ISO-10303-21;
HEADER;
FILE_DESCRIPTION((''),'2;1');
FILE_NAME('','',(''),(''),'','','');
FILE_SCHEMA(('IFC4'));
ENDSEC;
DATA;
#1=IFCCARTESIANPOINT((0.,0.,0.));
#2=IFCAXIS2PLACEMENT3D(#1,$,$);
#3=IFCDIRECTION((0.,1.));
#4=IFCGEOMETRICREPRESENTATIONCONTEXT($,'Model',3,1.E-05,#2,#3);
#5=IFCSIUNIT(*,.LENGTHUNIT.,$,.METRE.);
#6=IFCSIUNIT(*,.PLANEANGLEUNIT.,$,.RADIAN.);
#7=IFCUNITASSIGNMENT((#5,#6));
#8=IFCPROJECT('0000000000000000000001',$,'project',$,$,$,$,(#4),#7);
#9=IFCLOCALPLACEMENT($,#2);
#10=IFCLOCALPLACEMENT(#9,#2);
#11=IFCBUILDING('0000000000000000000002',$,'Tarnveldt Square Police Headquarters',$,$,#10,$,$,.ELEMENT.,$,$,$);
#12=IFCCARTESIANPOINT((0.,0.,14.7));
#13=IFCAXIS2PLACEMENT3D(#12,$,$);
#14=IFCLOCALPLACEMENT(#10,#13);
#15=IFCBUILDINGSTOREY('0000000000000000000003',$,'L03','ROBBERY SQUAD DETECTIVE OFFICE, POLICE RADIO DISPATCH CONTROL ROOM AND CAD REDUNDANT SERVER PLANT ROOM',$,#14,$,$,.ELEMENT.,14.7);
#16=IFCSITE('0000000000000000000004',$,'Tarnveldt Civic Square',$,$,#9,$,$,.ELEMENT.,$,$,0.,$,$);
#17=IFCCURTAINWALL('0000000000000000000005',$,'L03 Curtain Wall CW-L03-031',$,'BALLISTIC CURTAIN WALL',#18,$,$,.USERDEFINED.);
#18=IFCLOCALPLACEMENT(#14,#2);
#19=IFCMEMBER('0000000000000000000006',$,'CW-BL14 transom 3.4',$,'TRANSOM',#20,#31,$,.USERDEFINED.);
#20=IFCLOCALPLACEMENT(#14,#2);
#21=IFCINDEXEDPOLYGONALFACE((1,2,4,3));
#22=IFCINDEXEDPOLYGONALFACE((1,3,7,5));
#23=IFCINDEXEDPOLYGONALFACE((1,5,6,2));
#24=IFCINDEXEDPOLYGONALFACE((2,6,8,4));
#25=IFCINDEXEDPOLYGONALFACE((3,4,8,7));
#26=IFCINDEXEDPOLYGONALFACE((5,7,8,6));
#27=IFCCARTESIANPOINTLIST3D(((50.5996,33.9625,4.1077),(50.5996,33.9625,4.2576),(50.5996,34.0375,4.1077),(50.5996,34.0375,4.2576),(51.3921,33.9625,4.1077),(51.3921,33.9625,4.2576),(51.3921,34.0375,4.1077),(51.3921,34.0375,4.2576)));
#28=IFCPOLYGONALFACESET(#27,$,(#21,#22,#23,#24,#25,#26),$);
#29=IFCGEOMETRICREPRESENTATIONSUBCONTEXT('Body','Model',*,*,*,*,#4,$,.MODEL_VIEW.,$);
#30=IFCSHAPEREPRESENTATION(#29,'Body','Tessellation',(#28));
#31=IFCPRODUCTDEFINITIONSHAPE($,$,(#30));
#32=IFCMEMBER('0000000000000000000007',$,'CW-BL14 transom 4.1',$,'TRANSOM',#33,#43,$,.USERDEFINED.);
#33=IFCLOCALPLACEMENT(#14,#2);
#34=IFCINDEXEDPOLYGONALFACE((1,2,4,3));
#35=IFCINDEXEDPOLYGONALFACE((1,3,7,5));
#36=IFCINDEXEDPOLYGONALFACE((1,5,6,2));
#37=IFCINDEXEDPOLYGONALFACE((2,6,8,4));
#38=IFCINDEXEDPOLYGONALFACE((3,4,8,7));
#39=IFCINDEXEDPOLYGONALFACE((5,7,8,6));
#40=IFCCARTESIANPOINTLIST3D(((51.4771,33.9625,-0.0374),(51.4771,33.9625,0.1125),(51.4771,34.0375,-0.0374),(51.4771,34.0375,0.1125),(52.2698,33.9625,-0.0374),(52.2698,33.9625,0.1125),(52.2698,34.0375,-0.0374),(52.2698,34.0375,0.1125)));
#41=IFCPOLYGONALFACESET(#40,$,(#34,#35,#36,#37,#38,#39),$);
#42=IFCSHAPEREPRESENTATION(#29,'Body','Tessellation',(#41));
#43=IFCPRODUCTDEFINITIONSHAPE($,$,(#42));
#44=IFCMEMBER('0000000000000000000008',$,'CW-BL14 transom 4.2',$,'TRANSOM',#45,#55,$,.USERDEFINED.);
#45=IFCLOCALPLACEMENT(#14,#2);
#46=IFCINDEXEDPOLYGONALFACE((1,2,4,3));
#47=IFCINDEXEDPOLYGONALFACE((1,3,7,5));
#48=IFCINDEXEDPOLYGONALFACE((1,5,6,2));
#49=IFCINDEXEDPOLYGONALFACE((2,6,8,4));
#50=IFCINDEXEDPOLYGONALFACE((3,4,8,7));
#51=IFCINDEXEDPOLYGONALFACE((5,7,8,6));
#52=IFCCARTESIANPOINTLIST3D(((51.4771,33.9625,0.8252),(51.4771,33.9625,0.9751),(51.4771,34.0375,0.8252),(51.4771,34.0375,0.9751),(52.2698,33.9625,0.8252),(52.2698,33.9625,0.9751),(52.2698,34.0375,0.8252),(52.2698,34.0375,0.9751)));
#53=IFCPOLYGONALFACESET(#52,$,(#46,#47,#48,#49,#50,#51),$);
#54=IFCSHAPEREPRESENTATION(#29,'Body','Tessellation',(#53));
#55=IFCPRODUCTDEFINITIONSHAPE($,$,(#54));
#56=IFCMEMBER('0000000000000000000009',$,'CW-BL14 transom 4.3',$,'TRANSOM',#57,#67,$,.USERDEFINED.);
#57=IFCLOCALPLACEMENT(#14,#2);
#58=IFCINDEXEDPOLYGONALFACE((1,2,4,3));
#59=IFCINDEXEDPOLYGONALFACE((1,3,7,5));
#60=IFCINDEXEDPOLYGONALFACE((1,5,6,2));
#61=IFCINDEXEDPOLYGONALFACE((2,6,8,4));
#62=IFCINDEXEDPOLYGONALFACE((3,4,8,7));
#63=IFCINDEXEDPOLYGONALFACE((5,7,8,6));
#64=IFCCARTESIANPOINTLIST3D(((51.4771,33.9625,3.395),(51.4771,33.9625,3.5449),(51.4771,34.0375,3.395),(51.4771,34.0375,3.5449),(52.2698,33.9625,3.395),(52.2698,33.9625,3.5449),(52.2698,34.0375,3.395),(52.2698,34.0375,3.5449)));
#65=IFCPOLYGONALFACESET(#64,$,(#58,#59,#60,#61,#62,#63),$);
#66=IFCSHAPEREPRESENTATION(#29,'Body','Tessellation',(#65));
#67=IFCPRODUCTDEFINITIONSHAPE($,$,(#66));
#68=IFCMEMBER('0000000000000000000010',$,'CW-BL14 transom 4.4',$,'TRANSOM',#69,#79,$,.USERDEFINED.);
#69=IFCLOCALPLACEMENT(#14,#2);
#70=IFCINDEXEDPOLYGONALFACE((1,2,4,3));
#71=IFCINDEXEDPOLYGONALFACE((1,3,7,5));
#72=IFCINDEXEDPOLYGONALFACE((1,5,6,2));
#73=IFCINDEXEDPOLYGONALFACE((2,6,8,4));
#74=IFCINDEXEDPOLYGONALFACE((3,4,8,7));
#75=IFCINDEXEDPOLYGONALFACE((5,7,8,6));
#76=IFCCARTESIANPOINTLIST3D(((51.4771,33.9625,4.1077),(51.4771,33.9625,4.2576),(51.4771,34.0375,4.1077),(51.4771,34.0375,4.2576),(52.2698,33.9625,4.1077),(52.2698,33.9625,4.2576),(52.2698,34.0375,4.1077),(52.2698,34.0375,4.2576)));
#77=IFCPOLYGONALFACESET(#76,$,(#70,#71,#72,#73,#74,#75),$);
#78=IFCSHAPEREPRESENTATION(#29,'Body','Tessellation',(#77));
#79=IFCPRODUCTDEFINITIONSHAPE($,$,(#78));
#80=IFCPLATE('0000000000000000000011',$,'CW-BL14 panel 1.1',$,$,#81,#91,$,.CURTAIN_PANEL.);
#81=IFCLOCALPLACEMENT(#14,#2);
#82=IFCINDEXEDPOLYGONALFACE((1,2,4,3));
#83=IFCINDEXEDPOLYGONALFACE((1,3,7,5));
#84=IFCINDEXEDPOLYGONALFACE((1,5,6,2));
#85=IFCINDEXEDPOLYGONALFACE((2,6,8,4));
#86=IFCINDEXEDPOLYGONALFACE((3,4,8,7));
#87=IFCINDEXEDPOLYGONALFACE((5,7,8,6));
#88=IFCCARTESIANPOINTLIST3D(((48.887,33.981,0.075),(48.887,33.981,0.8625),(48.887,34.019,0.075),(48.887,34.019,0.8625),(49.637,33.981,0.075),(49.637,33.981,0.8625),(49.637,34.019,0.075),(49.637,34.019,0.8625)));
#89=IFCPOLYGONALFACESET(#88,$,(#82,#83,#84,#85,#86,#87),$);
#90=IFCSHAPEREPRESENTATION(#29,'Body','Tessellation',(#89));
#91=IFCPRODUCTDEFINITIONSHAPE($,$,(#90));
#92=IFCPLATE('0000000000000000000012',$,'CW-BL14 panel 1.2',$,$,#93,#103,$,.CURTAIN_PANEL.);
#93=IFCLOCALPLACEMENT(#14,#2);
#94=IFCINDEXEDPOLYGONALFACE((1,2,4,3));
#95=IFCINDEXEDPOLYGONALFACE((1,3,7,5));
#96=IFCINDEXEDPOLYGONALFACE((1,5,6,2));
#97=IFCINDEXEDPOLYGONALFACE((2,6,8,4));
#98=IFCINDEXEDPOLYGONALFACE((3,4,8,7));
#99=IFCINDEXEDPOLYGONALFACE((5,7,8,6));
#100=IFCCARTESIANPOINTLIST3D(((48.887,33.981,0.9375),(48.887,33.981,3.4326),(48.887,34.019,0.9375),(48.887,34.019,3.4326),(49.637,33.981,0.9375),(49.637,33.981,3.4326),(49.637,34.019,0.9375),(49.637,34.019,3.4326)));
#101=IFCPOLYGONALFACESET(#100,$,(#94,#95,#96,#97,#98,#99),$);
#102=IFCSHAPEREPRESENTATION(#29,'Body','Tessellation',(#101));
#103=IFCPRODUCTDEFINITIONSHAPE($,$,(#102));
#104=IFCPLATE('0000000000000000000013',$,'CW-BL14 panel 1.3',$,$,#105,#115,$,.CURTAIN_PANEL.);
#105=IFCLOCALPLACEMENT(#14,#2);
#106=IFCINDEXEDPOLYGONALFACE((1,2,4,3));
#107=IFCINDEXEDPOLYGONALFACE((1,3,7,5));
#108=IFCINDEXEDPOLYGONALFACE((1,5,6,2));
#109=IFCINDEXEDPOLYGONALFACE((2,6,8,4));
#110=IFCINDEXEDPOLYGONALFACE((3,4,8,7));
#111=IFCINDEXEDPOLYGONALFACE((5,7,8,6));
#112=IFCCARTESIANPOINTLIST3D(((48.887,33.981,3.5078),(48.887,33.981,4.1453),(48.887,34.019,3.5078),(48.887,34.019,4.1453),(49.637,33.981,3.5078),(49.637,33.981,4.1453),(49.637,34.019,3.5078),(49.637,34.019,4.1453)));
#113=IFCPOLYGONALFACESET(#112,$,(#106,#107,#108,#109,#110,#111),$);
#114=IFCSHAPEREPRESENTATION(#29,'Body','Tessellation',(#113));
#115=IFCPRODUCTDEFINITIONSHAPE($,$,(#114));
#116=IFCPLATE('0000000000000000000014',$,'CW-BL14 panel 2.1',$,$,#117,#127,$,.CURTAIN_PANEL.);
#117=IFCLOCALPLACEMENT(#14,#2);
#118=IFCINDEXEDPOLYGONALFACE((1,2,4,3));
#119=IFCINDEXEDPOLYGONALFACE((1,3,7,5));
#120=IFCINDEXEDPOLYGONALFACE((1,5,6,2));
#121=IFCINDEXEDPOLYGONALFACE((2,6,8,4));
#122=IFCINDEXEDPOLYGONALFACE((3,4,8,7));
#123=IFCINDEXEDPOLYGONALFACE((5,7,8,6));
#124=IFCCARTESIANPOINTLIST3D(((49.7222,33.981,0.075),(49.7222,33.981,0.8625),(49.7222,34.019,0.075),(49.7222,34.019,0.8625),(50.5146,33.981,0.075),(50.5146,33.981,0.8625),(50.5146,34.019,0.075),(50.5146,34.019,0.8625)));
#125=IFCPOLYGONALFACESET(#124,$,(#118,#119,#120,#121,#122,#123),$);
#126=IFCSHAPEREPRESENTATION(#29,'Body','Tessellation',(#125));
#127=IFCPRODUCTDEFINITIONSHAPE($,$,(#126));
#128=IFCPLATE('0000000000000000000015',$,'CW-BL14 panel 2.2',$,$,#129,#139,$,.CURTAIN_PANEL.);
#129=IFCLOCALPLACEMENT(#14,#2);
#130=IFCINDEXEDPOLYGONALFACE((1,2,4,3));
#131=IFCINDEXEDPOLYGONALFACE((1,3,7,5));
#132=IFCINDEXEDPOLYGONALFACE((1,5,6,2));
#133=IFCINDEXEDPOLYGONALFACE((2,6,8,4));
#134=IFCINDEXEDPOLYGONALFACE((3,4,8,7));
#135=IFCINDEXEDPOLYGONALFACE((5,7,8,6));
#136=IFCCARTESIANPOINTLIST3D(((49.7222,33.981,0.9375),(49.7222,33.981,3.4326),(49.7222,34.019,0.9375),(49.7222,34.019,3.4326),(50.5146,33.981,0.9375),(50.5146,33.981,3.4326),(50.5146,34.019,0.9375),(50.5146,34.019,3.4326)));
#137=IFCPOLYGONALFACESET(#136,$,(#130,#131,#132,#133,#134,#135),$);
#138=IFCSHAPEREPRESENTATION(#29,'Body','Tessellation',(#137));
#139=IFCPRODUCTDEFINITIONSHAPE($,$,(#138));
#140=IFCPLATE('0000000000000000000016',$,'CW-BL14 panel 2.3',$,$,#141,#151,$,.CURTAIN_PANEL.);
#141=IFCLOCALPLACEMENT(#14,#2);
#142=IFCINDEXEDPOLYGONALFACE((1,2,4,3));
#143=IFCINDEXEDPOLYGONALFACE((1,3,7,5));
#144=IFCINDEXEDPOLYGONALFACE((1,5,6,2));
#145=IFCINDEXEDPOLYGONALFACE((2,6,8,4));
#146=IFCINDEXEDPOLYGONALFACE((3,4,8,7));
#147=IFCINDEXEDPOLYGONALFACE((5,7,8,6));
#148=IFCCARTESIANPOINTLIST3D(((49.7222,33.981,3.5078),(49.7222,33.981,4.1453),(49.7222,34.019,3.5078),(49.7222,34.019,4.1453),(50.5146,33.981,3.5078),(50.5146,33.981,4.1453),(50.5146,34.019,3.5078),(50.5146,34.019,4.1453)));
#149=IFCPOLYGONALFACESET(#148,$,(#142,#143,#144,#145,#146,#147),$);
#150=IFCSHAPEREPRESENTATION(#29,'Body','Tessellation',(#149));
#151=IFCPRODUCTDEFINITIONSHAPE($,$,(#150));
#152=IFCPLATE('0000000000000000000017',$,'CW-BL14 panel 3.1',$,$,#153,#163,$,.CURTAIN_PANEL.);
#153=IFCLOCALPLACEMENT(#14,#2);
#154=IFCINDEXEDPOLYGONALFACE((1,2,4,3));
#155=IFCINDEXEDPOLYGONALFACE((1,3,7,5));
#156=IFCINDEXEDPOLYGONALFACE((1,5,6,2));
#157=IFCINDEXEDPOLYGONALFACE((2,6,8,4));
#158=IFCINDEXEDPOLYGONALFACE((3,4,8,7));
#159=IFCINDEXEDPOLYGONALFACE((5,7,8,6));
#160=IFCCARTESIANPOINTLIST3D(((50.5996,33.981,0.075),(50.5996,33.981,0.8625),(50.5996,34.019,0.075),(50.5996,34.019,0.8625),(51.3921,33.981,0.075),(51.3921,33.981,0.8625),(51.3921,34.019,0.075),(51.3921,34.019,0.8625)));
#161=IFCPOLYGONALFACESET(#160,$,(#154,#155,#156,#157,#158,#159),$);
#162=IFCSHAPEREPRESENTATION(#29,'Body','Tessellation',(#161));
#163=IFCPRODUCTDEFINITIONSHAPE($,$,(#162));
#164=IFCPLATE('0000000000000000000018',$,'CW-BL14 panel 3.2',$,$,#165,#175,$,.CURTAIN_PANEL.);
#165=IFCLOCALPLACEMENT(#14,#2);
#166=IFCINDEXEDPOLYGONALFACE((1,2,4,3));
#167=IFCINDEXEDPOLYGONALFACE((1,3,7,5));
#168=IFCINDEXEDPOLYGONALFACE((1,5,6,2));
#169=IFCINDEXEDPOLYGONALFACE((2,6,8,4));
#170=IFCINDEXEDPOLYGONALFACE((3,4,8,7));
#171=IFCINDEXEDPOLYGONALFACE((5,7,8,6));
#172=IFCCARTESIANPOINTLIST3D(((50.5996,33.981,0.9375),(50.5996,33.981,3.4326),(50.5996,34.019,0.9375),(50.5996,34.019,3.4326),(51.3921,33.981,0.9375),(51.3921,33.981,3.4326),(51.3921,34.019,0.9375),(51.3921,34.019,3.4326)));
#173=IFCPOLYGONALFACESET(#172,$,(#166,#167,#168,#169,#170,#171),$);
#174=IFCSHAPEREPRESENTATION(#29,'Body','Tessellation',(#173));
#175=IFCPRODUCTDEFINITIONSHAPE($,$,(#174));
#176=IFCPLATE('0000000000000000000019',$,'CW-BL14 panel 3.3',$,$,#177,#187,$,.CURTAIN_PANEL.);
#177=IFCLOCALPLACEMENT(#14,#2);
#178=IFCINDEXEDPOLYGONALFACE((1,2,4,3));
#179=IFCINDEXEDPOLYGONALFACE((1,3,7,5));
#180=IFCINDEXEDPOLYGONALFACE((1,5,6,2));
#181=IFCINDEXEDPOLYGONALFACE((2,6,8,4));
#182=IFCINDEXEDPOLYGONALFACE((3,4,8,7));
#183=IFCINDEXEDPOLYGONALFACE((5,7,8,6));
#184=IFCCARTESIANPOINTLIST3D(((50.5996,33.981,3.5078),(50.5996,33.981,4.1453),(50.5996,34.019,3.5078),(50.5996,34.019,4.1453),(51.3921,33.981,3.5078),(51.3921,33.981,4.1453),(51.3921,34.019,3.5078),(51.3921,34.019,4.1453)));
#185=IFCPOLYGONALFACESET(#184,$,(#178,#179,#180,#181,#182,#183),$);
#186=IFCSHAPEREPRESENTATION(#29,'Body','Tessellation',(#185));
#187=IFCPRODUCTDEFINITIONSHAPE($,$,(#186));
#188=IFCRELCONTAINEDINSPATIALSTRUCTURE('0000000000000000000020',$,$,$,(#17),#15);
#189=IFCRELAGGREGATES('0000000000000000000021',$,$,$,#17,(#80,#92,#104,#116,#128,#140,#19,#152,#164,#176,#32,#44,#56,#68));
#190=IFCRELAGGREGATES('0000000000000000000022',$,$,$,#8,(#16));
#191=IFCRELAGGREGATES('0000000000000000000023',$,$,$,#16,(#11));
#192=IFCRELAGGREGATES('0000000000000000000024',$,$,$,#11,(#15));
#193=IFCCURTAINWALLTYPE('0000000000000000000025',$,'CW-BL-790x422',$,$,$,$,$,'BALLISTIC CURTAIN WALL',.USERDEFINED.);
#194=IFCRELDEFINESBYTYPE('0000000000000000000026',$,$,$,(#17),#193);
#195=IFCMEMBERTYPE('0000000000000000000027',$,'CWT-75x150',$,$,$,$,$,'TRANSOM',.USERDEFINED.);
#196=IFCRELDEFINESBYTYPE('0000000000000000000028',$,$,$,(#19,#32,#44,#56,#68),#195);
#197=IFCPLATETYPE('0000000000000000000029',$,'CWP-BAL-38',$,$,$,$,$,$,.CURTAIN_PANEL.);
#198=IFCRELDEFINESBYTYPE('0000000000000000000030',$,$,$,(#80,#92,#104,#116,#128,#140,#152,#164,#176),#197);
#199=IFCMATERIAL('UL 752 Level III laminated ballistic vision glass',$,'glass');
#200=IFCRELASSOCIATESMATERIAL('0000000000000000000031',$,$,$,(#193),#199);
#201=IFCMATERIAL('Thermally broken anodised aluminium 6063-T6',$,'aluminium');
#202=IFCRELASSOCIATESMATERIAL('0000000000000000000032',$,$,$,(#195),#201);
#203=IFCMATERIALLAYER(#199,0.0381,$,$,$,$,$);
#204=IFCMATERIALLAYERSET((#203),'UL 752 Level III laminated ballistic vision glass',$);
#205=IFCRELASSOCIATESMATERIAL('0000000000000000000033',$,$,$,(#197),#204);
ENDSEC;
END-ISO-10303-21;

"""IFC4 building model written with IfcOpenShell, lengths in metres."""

from ifc_helpers import new_model, si_unit, direction, frame, origin, origin_2d, place, context, subcontext, project, spatial, rectangle, extrude, material, layer, layer_set, material_profile, profile_set, type_object, element, aggregate, save


model = new_model("IFC4")

# Units and contexts
model_context = context("Model", 3, precision=1e-05, world=origin(), true_north=direction((0.0, 1.0)))
body_context = subcontext(model_context, "Body", "Model", "MODEL_VIEW")
ifc_project = project(units=[si_unit("LENGTHUNIT", "METRE"), si_unit("PLANEANGLEUNIT", "RADIAN")], contexts=[model_context])

# Site, building, storey
site_placement = place(None, origin())
site = spatial("IfcSite", under=ifc_project, at=site_placement, Name="Tarnveldt Civic Square", CompositionType="ELEMENT", RefElevation=0.0)
building_placement = place(site_placement, origin())
building = spatial("IfcBuilding", under=site, at=building_placement, Name="Tarnveldt Square Police Headquarters", CompositionType="ELEMENT")
storey_placement = place(building_placement, frame((0.0, 0.0, 14.7)))
storey = spatial("IfcBuildingStorey", under=building, at=storey_placement, Name="L03", Description="ROBBERY SQUAD DETECTIVE OFFICE, POLICE RADIO DISPATCH CONTROL ROOM AND CAD REDUNDANT SERVER PLANT ROOM", CompositionType="ELEMENT", Elevation=14.7)

# Curtain wall, members, plates
ifc_material_1 = material(Name="UL 752 Level III laminated ballistic vision glass", Category="glass")
curtain_wall_type = type_object("IfcCurtainWallType", Name="CW-BL-790x422", ElementType="BALLISTIC CURTAIN WALL", PredefinedType="USERDEFINED", material=ifc_material_1)
curtain_wall_placement = place(storey_placement, origin())
curtain_wall = element("IfcCurtainWall", 1, at=curtain_wall_placement, inside=storey, type_object=curtain_wall_type, Name="L03 Curtain Wall CW-L03-031", ObjectType="BALLISTIC CURTAIN WALL", PredefinedType="USERDEFINED")
ifc_material_2 = material(Name="Thermally broken anodised aluminium 6063-T6", Category="aluminium")
ifc_material_profile_1 = material_profile(ifc_material_2, rectangle(XDim=0.075, YDim=0.1499, at=origin_2d()), Name="CW-T75x150")
ifc_profile_set_1 = profile_set([ifc_material_profile_1], Name="Thermally broken anodised aluminium 6063-T6")
member_type_1 = type_object("IfcMemberType", Name="CWT-75x150", ElementType="TRANSOM", PredefinedType="USERDEFINED", material=ifc_profile_set_1)
member_1_placement = place(storey_placement, frame((50.5996, 34.0, 4.1826), z_axis=(1.0, 0.0, 0.0), x_axis=(0.0, 1.0, 0.0)))
member_1 = element("IfcMember", 2, at=member_1_placement, type_object=member_type_1, Name="CW-BL14 transom 3.4", ObjectType="TRANSOM", PredefinedType="USERDEFINED", context=body_context, shape_type="SweptSolid", body=[
    extrude(rectangle(XDim=0.075, YDim=0.1499, at=origin_2d()), origin(), (0.0, 0.0, 1.0), 0.7925),
])
member_2_placement = place(storey_placement, frame((51.4771, 34.0, 0.0376), z_axis=(1.0, 0.0, 0.0), x_axis=(0.0, 1.0, 0.0)))
member_2 = element("IfcMember", 3, at=member_2_placement, type_object=member_type_1, Name="CW-BL14 transom 4.1", ObjectType="TRANSOM", PredefinedType="USERDEFINED", context=body_context, shape_type="SweptSolid", body=[
    extrude(rectangle(XDim=0.075, YDim=0.1499, at=origin_2d()), origin(), (0.0, 0.0, 1.0), 0.7927),
])
member_3_placement = place(storey_placement, frame((51.4771, 34.0, 0.9001), z_axis=(1.0, 0.0, 0.0), x_axis=(0.0, 1.0, 0.0)))
member_3 = element("IfcMember", 4, at=member_3_placement, type_object=member_type_1, Name="CW-BL14 transom 4.2", ObjectType="TRANSOM", PredefinedType="USERDEFINED", context=body_context, shape_type="SweptSolid", body=[
    extrude(rectangle(XDim=0.075, YDim=0.1499, at=origin_2d()), origin(), (0.0, 0.0, 1.0), 0.7927),
])
member_4_placement = place(storey_placement, frame((51.4771, 34.0, 3.47), z_axis=(1.0, 0.0, 0.0), x_axis=(0.0, 1.0, 0.0)))
member_4 = element("IfcMember", 5, at=member_4_placement, type_object=member_type_1, Name="CW-BL14 transom 4.3", ObjectType="TRANSOM", PredefinedType="USERDEFINED", context=body_context, shape_type="SweptSolid", body=[
    extrude(rectangle(XDim=0.075, YDim=0.1499, at=origin_2d()), origin(), (0.0, 0.0, 1.0), 0.7927),
])
member_5_placement = place(storey_placement, frame((51.4771, 34.0, 4.1826), z_axis=(1.0, 0.0, 0.0), x_axis=(0.0, 1.0, 0.0)))
member_5 = element("IfcMember", 6, at=member_5_placement, type_object=member_type_1, Name="CW-BL14 transom 4.4", ObjectType="TRANSOM", PredefinedType="USERDEFINED", context=body_context, shape_type="SweptSolid", body=[
    extrude(rectangle(XDim=0.075, YDim=0.1499, at=origin_2d()), origin(), (0.0, 0.0, 1.0), 0.7927),
])
ifc_layer = layer(ifc_material_1, 0.0381)
ifc_layer_set = layer_set([ifc_layer], Name="UL 752 Level III laminated ballistic vision glass")
plate_type = type_object("IfcPlateType", Name="CWP-BAL-38", PredefinedType="CURTAIN_PANEL", material=ifc_layer_set)
plate_1_placement = place(storey_placement, frame((49.262, 34.0, 0.075), z_axis=(0.0, 0.0, 1.0), x_axis=(1.0, 0.0, 0.0)))
plate_1 = element("IfcPlate", 7, at=plate_1_placement, type_object=plate_type, Name="CW-BL14 panel 1.1", PredefinedType="CURTAIN_PANEL", context=body_context, shape_type="SweptSolid", body=[
    extrude(rectangle(XDim=0.75, YDim=0.0381, at=origin_2d()), origin(), (0.0, 0.0, 1.0), 0.7876),
])
plate_2_placement = place(storey_placement, frame((49.262, 34.0, 0.9375), z_axis=(0.0, 0.0, 1.0), x_axis=(1.0, 0.0, 0.0)))
plate_2 = element("IfcPlate", 8, at=plate_2_placement, type_object=plate_type, Name="CW-BL14 panel 1.2", PredefinedType="CURTAIN_PANEL", context=body_context, shape_type="SweptSolid", body=[
    extrude(rectangle(XDim=0.75, YDim=0.0381, at=origin_2d()), origin(), (0.0, 0.0, 1.0), 2.4951),
])
plate_3_placement = place(storey_placement, frame((49.262, 34.0, 3.5078), z_axis=(0.0, 0.0, 1.0), x_axis=(1.0, 0.0, 0.0)))
plate_3 = element("IfcPlate", 9, at=plate_3_placement, type_object=plate_type, Name="CW-BL14 panel 1.3", PredefinedType="CURTAIN_PANEL", context=body_context, shape_type="SweptSolid", body=[
    extrude(rectangle(XDim=0.75, YDim=0.0381, at=origin_2d()), origin(), (0.0, 0.0, 1.0), 0.6375),
])
plate_4_placement = place(storey_placement, frame((50.1184, 34.0, 0.075), z_axis=(0.0, 0.0, 1.0), x_axis=(1.0, 0.0, 0.0)))
plate_4 = element("IfcPlate", 10, at=plate_4_placement, type_object=plate_type, Name="CW-BL14 panel 2.1", PredefinedType="CURTAIN_PANEL", context=body_context, shape_type="SweptSolid", body=[
    extrude(rectangle(XDim=0.7925, YDim=0.0381, at=origin_2d()), origin(), (0.0, 0.0, 1.0), 0.7876),
])
plate_5_placement = place(storey_placement, frame((50.1184, 34.0, 0.9375), z_axis=(0.0, 0.0, 1.0), x_axis=(1.0, 0.0, 0.0)))
plate_5 = element("IfcPlate", 11, at=plate_5_placement, type_object=plate_type, Name="CW-BL14 panel 2.2", PredefinedType="CURTAIN_PANEL", context=body_context, shape_type="SweptSolid", body=[
    extrude(rectangle(XDim=0.7925, YDim=0.0381, at=origin_2d()), origin(), (0.0, 0.0, 1.0), 2.4951),
])
plate_6_placement = place(storey_placement, frame((50.1184, 34.0, 3.5078), z_axis=(0.0, 0.0, 1.0), x_axis=(1.0, 0.0, 0.0)))
plate_6 = element("IfcPlate", 12, at=plate_6_placement, type_object=plate_type, Name="CW-BL14 panel 2.3", PredefinedType="CURTAIN_PANEL", context=body_context, shape_type="SweptSolid", body=[
    extrude(rectangle(XDim=0.7925, YDim=0.0381, at=origin_2d()), origin(), (0.0, 0.0, 1.0), 0.6375),
])
plate_7_placement = place(storey_placement, frame((50.9958, 34.0, 0.075), z_axis=(0.0, 0.0, 1.0), x_axis=(1.0, 0.0, 0.0)))
plate_7 = element("IfcPlate", 13, at=plate_7_placement, type_object=plate_type, Name="CW-BL14 panel 3.1", PredefinedType="CURTAIN_PANEL", context=body_context, shape_type="SweptSolid", body=[
    extrude(rectangle(XDim=0.7925, YDim=0.0381, at=origin_2d()), origin(), (0.0, 0.0, 1.0), 0.7876),
])
plate_8_placement = place(storey_placement, frame((50.9958, 34.0, 0.9375), z_axis=(0.0, 0.0, 1.0), x_axis=(1.0, 0.0, 0.0)))
plate_8 = element("IfcPlate", 14, at=plate_8_placement, type_object=plate_type, Name="CW-BL14 panel 3.2", PredefinedType="CURTAIN_PANEL", context=body_context, shape_type="SweptSolid", body=[
    extrude(rectangle(XDim=0.7925, YDim=0.0381, at=origin_2d()), origin(), (0.0, 0.0, 1.0), 2.4951),
])
plate_9_placement = place(storey_placement, frame((50.9958, 34.0, 3.5078), z_axis=(0.0, 0.0, 1.0), x_axis=(1.0, 0.0, 0.0)))
plate_9 = element("IfcPlate", 15, at=plate_9_placement, type_object=plate_type, Name="CW-BL14 panel 3.3", PredefinedType="CURTAIN_PANEL", context=body_context, shape_type="SweptSolid", body=[
    extrude(rectangle(XDim=0.7925, YDim=0.0381, at=origin_2d()), origin(), (0.0, 0.0, 1.0), 0.6375),
])
aggregate(curtain_wall, [plate_1, plate_2, plate_3, plate_4, plate_5, plate_6, member_1, plate_7, plate_8, plate_9, member_2, member_3, member_4, member_5])

save(model, "model.ifc")
